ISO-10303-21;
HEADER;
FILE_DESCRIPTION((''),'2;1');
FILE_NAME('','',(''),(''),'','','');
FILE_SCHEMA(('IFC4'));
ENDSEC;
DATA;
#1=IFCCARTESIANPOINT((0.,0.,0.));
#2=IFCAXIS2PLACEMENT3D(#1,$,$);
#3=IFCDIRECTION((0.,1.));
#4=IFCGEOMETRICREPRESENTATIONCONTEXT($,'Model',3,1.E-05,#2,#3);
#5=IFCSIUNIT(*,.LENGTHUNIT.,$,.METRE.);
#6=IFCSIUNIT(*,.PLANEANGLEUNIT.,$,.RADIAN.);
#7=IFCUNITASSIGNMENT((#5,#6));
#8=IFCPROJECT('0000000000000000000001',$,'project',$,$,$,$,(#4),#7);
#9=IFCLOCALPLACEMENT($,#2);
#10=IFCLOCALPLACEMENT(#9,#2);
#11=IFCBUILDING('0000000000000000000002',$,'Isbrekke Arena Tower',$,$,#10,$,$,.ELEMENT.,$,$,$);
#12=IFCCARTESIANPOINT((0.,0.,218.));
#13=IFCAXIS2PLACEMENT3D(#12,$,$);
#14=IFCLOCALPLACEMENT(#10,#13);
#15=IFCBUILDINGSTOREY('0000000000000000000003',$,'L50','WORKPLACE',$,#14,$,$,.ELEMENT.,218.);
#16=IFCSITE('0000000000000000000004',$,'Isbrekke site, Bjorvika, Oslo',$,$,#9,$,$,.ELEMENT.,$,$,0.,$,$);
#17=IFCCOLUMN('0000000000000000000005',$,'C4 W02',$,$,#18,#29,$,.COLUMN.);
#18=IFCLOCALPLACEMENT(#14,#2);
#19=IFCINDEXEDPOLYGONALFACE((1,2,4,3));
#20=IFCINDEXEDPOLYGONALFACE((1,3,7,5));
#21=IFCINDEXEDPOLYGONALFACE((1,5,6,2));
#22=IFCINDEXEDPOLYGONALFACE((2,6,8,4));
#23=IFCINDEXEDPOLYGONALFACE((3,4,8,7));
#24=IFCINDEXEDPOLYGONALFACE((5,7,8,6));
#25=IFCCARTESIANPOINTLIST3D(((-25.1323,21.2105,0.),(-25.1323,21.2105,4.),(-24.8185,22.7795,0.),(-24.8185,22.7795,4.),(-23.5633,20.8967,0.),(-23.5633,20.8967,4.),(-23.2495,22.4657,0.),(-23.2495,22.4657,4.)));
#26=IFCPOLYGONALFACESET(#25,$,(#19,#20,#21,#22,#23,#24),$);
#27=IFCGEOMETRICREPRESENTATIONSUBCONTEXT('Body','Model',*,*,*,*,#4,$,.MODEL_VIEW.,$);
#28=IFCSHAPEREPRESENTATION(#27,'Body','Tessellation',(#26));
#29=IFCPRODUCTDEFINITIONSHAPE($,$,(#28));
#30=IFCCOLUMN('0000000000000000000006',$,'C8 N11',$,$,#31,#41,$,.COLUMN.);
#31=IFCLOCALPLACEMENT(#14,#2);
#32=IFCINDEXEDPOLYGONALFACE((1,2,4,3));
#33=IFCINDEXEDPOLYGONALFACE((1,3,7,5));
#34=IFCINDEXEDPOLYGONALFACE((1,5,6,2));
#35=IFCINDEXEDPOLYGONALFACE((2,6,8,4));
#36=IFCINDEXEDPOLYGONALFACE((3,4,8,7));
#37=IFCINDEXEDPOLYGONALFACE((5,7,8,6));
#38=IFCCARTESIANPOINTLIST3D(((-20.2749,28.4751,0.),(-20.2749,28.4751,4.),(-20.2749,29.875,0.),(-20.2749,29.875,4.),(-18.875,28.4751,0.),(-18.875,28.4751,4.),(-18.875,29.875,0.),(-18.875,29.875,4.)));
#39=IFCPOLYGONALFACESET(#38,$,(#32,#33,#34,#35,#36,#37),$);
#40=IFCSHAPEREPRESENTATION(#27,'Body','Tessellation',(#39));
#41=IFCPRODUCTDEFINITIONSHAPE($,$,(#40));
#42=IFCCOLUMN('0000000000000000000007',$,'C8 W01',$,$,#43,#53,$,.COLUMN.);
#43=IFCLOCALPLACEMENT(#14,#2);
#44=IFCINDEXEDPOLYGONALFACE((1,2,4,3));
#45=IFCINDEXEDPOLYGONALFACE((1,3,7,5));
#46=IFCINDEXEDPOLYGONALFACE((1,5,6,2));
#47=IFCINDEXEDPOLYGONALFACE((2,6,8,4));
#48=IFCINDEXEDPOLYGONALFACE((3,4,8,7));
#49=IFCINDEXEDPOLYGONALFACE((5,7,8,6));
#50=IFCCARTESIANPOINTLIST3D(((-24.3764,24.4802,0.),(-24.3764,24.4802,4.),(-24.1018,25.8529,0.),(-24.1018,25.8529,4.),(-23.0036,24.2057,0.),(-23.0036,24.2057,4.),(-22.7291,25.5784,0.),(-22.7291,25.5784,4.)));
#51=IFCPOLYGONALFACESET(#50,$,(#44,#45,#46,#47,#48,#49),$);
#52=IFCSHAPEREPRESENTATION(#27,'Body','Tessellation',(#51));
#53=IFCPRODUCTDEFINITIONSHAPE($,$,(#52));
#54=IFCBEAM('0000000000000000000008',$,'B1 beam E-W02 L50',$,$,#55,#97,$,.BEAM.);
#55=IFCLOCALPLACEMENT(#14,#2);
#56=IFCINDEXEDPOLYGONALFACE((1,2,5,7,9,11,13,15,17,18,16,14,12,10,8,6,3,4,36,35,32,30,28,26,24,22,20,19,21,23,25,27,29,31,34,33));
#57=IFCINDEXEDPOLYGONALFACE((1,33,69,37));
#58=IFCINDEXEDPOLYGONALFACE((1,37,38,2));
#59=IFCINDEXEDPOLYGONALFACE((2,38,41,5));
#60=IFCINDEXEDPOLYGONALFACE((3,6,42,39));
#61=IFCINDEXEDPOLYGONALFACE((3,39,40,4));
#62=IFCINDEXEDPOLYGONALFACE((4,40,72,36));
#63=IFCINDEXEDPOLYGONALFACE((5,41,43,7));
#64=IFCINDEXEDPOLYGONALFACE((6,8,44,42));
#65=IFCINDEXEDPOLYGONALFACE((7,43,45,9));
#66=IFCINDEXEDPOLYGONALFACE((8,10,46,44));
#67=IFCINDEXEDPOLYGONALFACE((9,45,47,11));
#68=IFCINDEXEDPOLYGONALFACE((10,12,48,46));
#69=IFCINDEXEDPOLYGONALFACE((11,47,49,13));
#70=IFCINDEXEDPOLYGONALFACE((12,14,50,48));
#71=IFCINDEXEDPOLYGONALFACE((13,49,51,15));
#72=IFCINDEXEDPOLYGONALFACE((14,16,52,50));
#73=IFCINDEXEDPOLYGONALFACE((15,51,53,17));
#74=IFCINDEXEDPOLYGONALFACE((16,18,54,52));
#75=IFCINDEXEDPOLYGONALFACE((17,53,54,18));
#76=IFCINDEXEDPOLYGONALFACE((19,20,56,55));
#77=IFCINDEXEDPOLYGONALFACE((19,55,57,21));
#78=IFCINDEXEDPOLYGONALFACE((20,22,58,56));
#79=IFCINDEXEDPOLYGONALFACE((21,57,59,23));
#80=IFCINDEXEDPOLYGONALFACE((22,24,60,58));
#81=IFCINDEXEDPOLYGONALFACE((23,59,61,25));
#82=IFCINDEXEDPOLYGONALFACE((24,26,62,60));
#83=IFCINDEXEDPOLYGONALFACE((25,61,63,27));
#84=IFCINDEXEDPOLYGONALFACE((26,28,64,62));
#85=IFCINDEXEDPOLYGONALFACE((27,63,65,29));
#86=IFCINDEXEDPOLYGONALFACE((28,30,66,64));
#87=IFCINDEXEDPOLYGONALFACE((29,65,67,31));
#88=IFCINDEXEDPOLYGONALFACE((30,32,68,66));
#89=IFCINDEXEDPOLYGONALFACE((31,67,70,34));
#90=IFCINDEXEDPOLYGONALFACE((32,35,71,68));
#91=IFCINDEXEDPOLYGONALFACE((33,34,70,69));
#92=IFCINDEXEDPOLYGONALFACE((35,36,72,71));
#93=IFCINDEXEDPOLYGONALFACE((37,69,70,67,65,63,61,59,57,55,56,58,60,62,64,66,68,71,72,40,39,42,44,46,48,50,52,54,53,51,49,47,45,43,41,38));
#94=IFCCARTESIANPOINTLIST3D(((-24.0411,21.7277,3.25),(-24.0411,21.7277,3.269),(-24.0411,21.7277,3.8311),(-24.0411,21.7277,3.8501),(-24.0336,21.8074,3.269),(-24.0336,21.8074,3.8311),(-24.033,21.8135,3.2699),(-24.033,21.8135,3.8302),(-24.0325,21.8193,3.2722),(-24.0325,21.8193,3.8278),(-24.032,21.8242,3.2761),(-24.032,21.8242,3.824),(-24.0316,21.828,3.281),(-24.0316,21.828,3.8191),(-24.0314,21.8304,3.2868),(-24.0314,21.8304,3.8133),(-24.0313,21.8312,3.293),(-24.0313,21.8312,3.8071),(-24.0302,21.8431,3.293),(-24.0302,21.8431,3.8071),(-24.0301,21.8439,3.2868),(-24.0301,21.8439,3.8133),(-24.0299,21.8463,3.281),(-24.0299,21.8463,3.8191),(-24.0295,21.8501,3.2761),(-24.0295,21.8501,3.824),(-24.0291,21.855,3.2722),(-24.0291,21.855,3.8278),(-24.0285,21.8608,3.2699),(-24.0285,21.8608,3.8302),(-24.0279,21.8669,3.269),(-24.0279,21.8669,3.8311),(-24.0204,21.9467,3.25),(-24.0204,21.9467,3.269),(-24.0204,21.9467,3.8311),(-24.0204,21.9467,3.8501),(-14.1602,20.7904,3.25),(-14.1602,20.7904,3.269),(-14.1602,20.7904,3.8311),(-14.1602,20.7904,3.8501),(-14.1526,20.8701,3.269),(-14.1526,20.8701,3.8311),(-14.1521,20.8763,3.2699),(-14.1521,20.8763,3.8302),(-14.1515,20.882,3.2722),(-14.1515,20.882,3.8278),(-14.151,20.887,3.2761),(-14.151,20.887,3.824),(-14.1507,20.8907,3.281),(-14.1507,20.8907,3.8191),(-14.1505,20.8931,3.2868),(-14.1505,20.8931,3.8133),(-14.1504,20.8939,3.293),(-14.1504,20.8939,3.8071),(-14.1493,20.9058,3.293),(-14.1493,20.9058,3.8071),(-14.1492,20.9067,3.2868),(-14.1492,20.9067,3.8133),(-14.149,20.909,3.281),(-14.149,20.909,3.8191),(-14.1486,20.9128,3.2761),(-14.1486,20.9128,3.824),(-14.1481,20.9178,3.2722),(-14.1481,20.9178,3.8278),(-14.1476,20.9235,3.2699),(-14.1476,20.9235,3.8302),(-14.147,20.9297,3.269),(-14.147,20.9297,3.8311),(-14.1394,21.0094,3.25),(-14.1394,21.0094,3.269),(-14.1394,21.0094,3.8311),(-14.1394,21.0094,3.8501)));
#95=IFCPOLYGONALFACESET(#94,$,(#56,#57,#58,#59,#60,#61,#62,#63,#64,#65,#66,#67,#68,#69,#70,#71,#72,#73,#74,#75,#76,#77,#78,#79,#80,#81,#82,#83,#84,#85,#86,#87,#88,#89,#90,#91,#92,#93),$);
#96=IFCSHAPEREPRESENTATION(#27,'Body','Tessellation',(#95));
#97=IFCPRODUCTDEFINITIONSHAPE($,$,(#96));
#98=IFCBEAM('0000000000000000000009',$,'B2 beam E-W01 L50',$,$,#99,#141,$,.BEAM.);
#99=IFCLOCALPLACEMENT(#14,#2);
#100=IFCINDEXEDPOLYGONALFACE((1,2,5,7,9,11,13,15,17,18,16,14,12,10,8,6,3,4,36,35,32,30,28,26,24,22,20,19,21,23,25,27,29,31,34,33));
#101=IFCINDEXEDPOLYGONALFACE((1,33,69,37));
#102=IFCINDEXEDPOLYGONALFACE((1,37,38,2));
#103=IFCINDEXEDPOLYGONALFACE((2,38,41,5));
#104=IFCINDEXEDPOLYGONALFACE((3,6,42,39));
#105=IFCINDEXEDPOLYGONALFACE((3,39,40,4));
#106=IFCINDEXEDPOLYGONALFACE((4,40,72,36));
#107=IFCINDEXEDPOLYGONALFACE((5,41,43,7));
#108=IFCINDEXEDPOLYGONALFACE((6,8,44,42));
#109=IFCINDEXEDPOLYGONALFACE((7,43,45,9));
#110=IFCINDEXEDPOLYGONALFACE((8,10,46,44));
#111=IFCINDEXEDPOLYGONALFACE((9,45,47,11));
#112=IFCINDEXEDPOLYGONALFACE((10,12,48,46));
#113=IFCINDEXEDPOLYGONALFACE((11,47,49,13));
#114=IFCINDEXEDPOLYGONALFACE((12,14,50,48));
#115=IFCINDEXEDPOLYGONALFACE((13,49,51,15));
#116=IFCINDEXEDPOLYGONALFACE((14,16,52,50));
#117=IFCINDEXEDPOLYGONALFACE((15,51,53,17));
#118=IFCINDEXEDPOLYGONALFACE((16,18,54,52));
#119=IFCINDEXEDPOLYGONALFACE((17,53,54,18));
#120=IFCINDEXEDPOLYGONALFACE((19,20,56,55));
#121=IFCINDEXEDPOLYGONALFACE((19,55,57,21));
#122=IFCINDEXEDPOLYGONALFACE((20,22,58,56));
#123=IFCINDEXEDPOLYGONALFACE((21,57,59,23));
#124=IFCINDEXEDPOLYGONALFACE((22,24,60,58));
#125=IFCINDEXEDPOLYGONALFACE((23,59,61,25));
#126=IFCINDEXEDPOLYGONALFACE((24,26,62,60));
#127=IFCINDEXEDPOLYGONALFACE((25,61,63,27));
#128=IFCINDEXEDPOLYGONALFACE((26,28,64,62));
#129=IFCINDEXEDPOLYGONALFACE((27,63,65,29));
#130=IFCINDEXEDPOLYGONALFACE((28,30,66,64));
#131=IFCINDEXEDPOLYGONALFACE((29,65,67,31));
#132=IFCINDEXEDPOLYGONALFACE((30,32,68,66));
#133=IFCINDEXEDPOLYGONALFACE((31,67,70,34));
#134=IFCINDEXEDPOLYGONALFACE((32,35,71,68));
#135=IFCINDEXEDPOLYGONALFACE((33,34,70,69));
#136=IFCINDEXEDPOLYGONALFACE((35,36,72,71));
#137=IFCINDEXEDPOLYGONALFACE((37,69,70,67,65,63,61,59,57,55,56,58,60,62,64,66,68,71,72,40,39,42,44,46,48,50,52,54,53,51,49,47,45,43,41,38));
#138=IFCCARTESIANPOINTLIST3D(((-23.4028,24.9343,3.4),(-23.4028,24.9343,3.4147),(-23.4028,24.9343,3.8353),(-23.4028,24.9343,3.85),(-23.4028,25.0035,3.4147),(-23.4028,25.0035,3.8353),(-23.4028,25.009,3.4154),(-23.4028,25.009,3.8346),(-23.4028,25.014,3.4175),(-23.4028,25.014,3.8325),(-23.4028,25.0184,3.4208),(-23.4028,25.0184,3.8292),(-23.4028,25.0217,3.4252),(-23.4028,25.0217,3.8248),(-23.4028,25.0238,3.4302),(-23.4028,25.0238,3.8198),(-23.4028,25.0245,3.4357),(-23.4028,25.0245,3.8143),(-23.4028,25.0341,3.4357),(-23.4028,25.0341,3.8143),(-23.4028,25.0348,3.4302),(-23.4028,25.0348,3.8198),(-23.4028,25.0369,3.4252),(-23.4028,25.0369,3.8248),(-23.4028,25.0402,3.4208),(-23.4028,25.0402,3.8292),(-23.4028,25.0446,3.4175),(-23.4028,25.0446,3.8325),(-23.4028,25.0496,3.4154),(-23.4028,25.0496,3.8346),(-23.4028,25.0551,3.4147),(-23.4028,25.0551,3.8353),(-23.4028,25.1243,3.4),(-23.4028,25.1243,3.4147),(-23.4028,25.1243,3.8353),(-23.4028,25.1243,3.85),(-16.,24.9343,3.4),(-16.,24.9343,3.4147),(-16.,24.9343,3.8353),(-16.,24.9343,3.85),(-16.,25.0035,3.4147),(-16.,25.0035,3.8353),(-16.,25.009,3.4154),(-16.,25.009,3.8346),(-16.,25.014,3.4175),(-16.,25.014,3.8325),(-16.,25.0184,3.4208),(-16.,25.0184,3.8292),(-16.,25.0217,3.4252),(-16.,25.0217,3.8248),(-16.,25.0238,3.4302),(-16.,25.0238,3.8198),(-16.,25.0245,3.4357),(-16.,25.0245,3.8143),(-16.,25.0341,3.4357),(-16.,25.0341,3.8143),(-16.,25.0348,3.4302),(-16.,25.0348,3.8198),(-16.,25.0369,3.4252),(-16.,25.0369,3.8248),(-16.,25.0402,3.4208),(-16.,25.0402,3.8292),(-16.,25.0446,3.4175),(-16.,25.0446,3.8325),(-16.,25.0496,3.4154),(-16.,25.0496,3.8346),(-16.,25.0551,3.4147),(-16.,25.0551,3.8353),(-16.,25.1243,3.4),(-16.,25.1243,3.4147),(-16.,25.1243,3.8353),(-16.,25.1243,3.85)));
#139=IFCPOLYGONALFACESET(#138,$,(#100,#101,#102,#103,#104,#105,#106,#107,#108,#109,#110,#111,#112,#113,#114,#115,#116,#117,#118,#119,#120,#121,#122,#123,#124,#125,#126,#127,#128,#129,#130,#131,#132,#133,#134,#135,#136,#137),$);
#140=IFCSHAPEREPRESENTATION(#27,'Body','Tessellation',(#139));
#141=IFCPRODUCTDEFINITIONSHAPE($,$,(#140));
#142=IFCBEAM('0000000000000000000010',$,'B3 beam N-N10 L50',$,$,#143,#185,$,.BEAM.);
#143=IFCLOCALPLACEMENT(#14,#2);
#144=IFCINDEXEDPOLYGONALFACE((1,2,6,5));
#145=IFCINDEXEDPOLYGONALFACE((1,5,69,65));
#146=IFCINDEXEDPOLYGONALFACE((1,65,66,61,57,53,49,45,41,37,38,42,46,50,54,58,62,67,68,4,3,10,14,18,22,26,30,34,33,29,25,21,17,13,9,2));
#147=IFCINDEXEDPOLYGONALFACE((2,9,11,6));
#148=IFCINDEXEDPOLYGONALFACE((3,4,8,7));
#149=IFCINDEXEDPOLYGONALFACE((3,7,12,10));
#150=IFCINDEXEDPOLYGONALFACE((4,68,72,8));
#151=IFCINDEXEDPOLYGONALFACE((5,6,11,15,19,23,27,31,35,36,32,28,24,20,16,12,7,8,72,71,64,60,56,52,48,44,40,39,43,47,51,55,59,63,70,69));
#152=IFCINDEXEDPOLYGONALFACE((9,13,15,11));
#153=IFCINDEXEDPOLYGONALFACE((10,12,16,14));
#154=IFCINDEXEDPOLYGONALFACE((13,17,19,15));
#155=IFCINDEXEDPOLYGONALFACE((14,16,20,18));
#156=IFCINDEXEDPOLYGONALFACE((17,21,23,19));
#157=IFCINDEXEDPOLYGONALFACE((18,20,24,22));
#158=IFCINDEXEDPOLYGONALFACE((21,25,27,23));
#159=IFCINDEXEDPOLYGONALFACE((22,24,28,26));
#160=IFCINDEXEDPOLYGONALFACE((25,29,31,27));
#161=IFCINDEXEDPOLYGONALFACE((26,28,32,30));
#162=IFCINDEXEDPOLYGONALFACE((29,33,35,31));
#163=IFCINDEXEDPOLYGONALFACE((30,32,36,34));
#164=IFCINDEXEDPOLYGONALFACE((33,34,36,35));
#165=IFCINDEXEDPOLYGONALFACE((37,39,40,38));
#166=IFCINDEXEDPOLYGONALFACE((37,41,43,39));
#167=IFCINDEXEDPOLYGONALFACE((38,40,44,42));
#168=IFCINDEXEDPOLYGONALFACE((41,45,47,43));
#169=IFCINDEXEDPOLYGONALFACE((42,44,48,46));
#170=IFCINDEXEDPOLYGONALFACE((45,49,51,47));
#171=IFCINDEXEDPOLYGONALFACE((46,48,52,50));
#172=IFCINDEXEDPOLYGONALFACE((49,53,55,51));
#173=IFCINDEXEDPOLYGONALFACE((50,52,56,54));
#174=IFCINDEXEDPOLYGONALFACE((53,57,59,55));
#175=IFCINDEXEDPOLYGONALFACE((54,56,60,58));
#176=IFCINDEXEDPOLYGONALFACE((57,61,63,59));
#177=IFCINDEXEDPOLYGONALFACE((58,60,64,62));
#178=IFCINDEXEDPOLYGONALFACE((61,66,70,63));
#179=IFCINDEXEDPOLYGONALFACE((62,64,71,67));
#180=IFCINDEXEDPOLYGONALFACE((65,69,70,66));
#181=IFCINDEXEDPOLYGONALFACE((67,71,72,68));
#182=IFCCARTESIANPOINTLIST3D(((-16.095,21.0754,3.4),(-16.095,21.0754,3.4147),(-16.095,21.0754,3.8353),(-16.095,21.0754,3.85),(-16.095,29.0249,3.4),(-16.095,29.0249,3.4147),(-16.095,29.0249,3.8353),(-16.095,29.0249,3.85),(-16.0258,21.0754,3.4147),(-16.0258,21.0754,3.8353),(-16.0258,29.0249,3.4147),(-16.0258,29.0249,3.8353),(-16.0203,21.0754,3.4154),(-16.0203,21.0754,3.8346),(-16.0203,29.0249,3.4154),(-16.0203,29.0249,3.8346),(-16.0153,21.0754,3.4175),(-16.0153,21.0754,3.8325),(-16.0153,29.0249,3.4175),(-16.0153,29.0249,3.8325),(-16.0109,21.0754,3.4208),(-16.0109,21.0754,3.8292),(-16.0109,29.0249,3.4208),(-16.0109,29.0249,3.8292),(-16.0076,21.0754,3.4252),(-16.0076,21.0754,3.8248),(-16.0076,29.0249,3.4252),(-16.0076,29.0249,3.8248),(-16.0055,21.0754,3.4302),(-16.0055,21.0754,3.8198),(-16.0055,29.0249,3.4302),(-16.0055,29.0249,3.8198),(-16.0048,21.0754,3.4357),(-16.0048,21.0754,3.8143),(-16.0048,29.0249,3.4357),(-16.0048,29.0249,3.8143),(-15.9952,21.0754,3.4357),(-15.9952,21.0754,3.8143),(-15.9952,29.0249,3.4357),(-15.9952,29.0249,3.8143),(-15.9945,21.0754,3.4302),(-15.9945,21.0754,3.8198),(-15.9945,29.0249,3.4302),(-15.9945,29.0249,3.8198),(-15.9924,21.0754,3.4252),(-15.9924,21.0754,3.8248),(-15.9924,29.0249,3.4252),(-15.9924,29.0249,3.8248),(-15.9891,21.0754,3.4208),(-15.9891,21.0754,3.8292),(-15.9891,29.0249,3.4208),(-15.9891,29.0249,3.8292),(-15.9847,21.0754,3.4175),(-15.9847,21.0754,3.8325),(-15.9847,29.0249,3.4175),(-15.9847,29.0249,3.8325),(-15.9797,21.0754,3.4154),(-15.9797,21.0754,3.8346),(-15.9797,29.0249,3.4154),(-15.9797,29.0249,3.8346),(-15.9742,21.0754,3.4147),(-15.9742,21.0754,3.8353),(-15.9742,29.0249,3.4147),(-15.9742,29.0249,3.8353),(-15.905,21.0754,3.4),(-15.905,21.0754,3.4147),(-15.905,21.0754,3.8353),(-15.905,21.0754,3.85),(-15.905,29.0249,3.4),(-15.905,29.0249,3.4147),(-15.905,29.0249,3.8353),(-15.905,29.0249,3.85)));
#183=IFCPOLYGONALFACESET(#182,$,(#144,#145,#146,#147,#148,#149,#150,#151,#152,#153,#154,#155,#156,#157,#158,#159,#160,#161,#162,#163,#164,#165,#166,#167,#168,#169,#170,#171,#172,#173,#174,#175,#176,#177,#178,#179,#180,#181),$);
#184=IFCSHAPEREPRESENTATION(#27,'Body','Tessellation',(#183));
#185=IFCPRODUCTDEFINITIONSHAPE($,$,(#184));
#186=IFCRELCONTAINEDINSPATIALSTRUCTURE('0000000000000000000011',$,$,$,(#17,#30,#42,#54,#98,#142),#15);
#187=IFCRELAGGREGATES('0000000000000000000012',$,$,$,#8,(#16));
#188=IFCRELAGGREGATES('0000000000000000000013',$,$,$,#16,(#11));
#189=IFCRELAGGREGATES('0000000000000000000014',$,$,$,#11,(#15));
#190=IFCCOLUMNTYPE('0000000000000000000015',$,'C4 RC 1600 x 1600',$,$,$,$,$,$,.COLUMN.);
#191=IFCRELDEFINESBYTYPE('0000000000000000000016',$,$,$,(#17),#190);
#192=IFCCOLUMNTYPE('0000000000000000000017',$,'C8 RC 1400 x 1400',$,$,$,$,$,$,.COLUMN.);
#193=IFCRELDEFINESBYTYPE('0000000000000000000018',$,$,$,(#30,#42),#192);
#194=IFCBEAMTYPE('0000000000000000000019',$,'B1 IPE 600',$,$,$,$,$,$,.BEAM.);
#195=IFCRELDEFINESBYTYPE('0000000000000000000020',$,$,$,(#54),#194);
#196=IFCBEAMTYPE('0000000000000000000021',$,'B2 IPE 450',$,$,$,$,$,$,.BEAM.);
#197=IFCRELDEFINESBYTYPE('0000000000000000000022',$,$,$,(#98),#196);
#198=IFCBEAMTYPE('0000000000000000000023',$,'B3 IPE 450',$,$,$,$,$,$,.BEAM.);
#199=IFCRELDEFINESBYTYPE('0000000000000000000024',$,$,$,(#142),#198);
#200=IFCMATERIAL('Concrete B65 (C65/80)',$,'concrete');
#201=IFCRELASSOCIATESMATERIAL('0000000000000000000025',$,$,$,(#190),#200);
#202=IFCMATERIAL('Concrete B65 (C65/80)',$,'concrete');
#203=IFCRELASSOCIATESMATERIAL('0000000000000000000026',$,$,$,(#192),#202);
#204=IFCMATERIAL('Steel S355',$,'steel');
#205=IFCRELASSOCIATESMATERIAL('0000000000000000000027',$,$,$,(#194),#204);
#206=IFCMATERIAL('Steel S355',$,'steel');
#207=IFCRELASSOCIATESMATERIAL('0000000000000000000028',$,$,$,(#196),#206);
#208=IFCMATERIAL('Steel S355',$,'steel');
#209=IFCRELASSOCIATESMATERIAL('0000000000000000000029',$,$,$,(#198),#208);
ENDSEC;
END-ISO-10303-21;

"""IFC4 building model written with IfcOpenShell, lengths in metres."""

from ifc_helpers import new_model, si_unit, direction, frame, origin, origin_2d, place, context, subcontext, project, spatial, rectangle, i_section, extrude, material, material_profile, profile_set, type_object, element, save


model = new_model("IFC4")

# Units and contexts
model_context = context("Model", 3, precision=1e-05, world=origin(), true_north=direction((0.0, 1.0)))
body_context = subcontext(model_context, "Body", "Model", "MODEL_VIEW")
ifc_project = project(units=[si_unit("LENGTHUNIT", "METRE"), si_unit("PLANEANGLEUNIT", "RADIAN")], contexts=[model_context])

# Site, building, storey
site_placement = place(None, origin())
site = spatial("IfcSite", under=ifc_project, at=site_placement, Name="Isbrekke site, Bjorvika, Oslo", CompositionType="ELEMENT", RefElevation=0.0)
building_placement = place(site_placement, origin())
building = spatial("IfcBuilding", under=site, at=building_placement, Name="Isbrekke Arena Tower", CompositionType="ELEMENT")
storey_placement = place(building_placement, frame((0.0, 0.0, 218.0)))
storey = spatial("IfcBuildingStorey", under=building, at=storey_placement, Name="L50", Description="WORKPLACE", CompositionType="ELEMENT", Elevation=218.0)

# Columns
ifc_material_1 = material(Name="Concrete B65 (C65/80)", Category="concrete")
ifc_material_profile_1 = material_profile(ifc_material_1, rectangle(XDim=1.6001, YDim=1.6001, at=origin_2d()), Name="RC 1600x1600")
ifc_profile_set_1 = profile_set([ifc_material_profile_1], Name="Concrete B65 (C65/80)")
column_type_1 = type_object("IfcColumnType", Name="C4 RC 1600 x 1600", PredefinedType="COLUMN", material=ifc_profile_set_1)
column_placement = place(storey_placement, frame((-24.1909, 21.8381, 0.0), z_axis=(0.0, 0.0, 1.0), x_axis=(-0.196116, -0.980581, 0.0)))
element("IfcColumn", 1, at=column_placement, inside=storey, type_object=column_type_1, Name="C4 W02", PredefinedType="COLUMN", context=body_context, shape_type="SweptSolid", body=[
    extrude(rectangle(XDim=1.6001, YDim=1.6001, at=origin_2d()), origin(), (0.0, 0.0, 1.0), 4.0),
])
ifc_material_2 = material(Name="Concrete B65 (C65/80)", Category="concrete")
ifc_material_profile_2 = material_profile(ifc_material_2, rectangle(XDim=1.3999, YDim=1.3999, at=origin_2d()), Name="RC 1400x1400")
ifc_profile_set_2 = profile_set([ifc_material_profile_2], Name="Concrete B65 (C65/80)")
column_type_2 = type_object("IfcColumnType", Name="C8 RC 1400 x 1400", PredefinedType="COLUMN", material=ifc_profile_set_2)
for number, where, z_axis, x_axis, name in (
    (2, (-19.575, 29.175, 0.0), (0.0, 0.0, 1.0), (-1.0, 0.0, 0.0), "C8 N11"),
    (3, (-23.5527, 25.0293, 0.0), (0.0, 0.0, 1.0), (-0.196116, -0.980581, 0.0), "C8 W01"),
):
    element("IfcColumn", number, at=place(storey_placement, frame(where, z_axis=z_axis, x_axis=x_axis)), inside=storey, type_object=column_type_2, Name=name, PredefinedType="COLUMN", context=body_context, shape_type="SweptSolid", body=[
        extrude(rectangle(XDim=1.3999, YDim=1.3999, at=origin_2d()), origin(), (0.0, 0.0, 1.0), 4.0),
    ])

# Beams
ifc_material_3 = material(Name="Steel S355", Category="steel")
ifc_material_profile_3 = material_profile(ifc_material_3, i_section(OverallWidth=0.22, OverallDepth=0.6001, WebThickness=0.012, FlangeThickness=0.019, FilletRadius=0.0239, at=origin_2d()), Name="IPE 600")
ifc_profile_set_3 = profile_set([ifc_material_profile_3], Name="Steel S355")
beam_type_1 = type_object("IfcBeamType", Name="B1 IPE 600", PredefinedType="BEAM", material=ifc_profile_set_3)
beam_1_placement = place(storey_placement, frame((-24.0308, 21.8372, 3.55), z_axis=(0.995531, -0.094432, 0.0), x_axis=(0.094432, 0.995531, 0.0)))
element("IfcBeam", 4, at=beam_1_placement, inside=storey, type_object=beam_type_1, Name="B1 beam E-W02 L50", PredefinedType="BEAM", context=body_context, shape_type="SweptSolid", body=[
    extrude(i_section(OverallWidth=0.22, OverallDepth=0.6001, WebThickness=0.012, FlangeThickness=0.019, FilletRadius=0.0239, at=origin_2d()), origin(), (0.0, 0.0, 1.0), 9.9253),
])
ifc_material_4 = material(Name="Steel S355", Category="steel")
ifc_material_profile_4 = material_profile(ifc_material_4, i_section(OverallWidth=0.1899, OverallDepth=0.45, WebThickness=0.0095, FlangeThickness=0.0146, FilletRadius=0.021, at=origin_2d()), Name="IPE 450")
ifc_profile_set_4 = profile_set([ifc_material_profile_4], Name="Steel S355")
beam_type_2 = type_object("IfcBeamType", Name="B2 IPE 450", PredefinedType="BEAM", material=ifc_profile_set_4)
beam_2_placement = place(storey_placement, frame((-23.4028, 25.0293, 3.625), z_axis=(1.0, 0.0, 0.0), x_axis=(0.0, 1.0, 0.0)))
element("IfcBeam", 5, at=beam_2_placement, inside=storey, type_object=beam_type_2, Name="B2 beam E-W01 L50", PredefinedType="BEAM", context=body_context, shape_type="SweptSolid", body=[
    extrude(i_section(OverallWidth=0.1899, OverallDepth=0.45, WebThickness=0.0095, FlangeThickness=0.0146, FilletRadius=0.021, at=origin_2d()), origin(), (0.0, 0.0, 1.0), 7.4028),
])
ifc_material_5 = material(Name="Steel S355", Category="steel")
ifc_material_profile_5 = material_profile(ifc_material_5, i_section(OverallWidth=0.1899, OverallDepth=0.45, WebThickness=0.0095, FlangeThickness=0.0146, FilletRadius=0.021, at=origin_2d()), Name="IPE 450")
ifc_profile_set_5 = profile_set([ifc_material_profile_5], Name="Steel S355")
beam_type_3 = type_object("IfcBeamType", Name="B3 IPE 450", PredefinedType="BEAM", material=ifc_profile_set_5)
beam_3_placement = place(storey_placement, frame((-16.0, 29.0249, 3.625), z_axis=(0.0, -1.0, 0.0), x_axis=(1.0, 0.0, 0.0)))
element("IfcBeam", 6, at=beam_3_placement, inside=storey, type_object=beam_type_3, Name="B3 beam N-N10 L50", PredefinedType="BEAM", context=body_context, shape_type="SweptSolid", body=[
    extrude(i_section(OverallWidth=0.1899, OverallDepth=0.45, WebThickness=0.0095, FlangeThickness=0.0146, FilletRadius=0.021, at=origin_2d()), origin(), (0.0, 0.0, 1.0), 7.9495),
])

save(model, "model.ifc")
